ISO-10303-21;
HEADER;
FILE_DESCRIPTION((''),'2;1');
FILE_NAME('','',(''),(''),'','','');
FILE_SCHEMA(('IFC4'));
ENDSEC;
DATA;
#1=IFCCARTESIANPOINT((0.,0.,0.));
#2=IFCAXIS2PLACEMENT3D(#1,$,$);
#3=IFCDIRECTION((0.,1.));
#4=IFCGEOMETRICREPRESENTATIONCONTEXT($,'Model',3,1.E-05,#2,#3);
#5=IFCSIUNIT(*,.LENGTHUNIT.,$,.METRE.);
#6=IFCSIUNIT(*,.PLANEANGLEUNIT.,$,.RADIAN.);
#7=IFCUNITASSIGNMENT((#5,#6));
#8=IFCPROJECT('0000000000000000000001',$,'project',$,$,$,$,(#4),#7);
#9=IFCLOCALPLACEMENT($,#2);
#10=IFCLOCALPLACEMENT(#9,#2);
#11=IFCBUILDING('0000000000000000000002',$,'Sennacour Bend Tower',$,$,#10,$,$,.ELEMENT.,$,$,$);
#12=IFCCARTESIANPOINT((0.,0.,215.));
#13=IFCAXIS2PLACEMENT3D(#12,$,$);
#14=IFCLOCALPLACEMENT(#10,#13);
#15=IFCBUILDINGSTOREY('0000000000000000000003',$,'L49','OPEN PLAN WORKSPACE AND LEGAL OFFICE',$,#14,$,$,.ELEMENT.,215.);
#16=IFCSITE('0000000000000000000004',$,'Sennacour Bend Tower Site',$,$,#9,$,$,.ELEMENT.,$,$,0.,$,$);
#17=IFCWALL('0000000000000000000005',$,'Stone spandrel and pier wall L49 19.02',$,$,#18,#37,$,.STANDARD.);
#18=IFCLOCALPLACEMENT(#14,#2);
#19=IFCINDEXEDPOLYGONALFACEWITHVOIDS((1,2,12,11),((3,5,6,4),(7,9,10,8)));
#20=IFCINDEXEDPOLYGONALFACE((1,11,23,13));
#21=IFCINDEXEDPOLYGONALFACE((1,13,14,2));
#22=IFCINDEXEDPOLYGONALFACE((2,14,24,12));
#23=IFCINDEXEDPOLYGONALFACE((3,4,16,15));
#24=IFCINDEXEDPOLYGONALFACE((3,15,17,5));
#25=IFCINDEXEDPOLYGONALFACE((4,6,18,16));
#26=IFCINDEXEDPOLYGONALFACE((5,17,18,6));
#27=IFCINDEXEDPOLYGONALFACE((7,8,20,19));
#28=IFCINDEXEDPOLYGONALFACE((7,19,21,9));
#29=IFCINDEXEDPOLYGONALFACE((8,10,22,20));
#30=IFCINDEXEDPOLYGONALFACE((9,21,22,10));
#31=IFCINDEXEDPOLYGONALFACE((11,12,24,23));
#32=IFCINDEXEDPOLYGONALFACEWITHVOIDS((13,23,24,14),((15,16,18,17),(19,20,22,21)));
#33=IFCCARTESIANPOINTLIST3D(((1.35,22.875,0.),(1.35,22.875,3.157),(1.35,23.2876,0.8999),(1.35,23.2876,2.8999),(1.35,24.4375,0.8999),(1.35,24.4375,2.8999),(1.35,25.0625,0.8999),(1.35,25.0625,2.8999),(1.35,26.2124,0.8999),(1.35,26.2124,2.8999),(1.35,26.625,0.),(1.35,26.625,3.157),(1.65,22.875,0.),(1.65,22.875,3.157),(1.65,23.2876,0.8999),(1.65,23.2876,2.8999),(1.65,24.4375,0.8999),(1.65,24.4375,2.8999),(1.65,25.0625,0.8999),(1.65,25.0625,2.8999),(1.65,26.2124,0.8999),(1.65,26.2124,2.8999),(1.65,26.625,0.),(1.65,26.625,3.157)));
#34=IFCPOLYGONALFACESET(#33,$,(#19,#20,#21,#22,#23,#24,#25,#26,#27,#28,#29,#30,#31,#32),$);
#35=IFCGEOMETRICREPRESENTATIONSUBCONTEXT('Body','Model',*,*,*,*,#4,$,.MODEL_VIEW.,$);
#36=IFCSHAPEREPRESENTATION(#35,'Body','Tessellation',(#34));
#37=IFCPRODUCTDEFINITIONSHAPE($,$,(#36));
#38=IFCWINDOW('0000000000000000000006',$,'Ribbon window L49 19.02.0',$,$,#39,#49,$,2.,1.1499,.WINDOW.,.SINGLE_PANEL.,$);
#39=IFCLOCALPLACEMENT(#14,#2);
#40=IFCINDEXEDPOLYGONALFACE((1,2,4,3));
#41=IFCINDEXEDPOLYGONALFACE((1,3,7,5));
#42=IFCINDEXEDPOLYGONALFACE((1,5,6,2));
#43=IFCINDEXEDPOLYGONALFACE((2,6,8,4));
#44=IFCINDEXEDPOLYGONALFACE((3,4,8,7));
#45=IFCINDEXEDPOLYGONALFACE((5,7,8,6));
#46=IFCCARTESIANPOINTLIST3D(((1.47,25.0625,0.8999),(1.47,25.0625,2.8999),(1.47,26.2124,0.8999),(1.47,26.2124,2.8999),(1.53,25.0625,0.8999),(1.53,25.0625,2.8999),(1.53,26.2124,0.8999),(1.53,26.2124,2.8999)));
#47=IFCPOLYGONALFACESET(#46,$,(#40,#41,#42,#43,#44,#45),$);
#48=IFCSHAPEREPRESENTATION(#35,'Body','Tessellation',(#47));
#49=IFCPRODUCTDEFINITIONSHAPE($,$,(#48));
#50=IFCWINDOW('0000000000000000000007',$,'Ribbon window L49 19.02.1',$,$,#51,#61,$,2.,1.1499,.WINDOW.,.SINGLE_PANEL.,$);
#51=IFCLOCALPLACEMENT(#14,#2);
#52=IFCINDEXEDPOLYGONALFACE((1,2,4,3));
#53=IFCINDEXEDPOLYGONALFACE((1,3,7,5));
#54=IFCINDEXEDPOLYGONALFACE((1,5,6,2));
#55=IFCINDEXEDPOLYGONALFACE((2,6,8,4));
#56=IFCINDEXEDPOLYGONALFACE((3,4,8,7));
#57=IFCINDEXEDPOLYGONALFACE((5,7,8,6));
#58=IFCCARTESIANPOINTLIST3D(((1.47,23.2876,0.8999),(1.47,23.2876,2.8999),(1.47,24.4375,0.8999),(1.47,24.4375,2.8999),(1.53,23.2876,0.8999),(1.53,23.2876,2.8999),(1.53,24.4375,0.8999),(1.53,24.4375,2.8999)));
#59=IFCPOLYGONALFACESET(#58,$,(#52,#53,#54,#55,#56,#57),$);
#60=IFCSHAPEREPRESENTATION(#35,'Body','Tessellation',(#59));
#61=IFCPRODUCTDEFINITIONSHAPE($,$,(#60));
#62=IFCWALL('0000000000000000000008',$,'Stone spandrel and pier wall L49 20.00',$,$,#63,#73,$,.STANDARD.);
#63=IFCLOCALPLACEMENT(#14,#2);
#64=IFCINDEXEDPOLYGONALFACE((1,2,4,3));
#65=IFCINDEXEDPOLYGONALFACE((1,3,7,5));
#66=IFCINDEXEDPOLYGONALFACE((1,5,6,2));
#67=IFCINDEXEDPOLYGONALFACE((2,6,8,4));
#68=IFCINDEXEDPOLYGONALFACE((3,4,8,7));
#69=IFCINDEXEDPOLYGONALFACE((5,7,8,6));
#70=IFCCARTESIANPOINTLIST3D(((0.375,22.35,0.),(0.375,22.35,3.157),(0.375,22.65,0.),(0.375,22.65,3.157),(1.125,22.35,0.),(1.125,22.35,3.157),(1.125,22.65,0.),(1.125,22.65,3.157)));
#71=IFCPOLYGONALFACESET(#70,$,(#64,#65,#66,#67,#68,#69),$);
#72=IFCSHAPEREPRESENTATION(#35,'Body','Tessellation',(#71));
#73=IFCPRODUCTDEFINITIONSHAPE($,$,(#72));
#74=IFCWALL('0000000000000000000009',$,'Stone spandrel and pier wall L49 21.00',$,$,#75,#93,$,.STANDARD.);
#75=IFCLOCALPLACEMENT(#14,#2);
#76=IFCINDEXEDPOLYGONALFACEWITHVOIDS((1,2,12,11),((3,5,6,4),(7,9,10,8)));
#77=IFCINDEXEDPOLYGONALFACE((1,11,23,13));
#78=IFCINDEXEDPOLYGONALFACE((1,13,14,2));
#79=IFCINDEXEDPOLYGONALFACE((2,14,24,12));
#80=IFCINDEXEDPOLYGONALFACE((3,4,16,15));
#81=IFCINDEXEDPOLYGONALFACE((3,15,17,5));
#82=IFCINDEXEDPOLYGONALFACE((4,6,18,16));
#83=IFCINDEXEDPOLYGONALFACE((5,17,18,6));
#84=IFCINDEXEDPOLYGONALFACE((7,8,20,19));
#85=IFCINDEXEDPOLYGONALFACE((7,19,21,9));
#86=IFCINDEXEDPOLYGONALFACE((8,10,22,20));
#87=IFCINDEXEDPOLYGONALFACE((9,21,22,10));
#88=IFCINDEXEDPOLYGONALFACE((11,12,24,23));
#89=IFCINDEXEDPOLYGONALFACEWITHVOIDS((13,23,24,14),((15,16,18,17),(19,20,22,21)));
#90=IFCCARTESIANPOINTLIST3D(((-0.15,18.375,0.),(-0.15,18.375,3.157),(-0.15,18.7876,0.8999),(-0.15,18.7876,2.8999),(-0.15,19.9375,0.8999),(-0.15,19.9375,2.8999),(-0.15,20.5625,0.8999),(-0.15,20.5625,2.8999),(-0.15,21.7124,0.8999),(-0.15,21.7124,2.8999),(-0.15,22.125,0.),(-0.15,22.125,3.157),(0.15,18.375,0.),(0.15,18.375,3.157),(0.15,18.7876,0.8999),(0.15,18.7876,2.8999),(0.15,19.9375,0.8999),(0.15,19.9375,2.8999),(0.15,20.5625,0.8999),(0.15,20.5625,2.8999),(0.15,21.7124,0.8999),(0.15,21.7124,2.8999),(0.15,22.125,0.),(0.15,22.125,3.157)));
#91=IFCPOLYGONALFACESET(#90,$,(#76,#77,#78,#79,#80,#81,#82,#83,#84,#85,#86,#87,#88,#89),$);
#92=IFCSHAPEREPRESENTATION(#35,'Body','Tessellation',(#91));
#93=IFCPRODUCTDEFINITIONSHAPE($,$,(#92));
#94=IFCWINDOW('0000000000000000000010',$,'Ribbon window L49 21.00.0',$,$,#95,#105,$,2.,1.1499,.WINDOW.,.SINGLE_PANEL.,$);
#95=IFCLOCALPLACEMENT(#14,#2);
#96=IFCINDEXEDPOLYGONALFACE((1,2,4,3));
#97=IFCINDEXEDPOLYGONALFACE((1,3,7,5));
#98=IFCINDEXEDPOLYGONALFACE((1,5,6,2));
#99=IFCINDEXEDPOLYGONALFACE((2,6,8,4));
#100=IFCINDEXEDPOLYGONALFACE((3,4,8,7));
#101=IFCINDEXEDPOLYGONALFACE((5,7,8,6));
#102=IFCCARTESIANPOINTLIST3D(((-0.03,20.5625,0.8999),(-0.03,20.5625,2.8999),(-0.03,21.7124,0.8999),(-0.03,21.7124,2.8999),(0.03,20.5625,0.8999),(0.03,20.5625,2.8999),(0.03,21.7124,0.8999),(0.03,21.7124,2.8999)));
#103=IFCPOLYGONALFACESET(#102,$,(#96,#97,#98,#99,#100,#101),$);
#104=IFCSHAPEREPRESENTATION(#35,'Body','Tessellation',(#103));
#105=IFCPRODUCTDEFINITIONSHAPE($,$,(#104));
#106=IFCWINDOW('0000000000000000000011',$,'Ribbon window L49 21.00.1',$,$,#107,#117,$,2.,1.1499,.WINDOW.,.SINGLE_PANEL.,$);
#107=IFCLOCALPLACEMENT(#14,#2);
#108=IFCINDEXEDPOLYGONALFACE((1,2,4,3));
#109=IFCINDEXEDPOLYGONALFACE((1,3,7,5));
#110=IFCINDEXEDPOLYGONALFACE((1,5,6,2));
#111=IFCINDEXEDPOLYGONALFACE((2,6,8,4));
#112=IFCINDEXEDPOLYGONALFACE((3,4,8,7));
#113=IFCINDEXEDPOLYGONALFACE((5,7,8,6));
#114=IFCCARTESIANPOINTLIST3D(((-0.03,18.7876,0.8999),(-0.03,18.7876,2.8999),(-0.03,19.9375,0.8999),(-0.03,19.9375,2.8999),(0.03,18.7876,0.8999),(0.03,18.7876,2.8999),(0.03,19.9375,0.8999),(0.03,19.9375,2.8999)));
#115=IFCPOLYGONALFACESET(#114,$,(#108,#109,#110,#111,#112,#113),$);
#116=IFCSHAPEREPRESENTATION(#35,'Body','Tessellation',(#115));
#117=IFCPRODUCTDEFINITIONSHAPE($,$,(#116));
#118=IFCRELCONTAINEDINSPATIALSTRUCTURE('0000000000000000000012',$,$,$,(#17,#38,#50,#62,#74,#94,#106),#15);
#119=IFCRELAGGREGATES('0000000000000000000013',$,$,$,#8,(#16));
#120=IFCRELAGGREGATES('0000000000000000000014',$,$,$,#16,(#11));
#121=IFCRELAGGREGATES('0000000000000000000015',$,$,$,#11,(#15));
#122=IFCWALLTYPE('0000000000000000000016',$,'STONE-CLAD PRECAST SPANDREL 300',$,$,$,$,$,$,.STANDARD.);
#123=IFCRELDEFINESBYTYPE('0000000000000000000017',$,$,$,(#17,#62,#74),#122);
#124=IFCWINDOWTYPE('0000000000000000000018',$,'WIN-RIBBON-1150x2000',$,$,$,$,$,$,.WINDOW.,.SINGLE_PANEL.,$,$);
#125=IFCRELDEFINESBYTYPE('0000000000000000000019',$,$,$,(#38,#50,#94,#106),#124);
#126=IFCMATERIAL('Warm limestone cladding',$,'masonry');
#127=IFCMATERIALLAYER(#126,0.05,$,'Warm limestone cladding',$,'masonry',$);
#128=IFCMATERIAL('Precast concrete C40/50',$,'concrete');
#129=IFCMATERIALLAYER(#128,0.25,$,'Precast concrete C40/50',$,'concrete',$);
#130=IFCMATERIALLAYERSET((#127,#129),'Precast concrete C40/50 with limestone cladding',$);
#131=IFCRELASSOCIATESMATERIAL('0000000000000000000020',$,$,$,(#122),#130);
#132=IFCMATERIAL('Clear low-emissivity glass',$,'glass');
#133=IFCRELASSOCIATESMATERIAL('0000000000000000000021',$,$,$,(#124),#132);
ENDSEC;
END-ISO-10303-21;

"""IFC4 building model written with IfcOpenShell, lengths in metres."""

from ifc_helpers import new_model, si_unit, direction, frame, frame_2d, origin, place, context, subcontext, project, spatial, rectangle, extrude, material, layer, layer_set, type_object, element, fill, save


model = new_model("IFC4")

# Units and contexts
model_context = context("Model", 3, precision=1e-05, world=origin(), true_north=direction((0.0, 1.0)))
body_context = subcontext(model_context, "Body", "Model", "MODEL_VIEW")
ifc_project = project(units=[si_unit("LENGTHUNIT", "METRE"), si_unit("PLANEANGLEUNIT", "RADIAN")], contexts=[model_context])

# Site, building, storey
site_placement = place(None, origin())
site = spatial("IfcSite", under=ifc_project, at=site_placement, Name="Sennacour Bend Tower Site", CompositionType="ELEMENT", RefElevation=0.0)
building_placement = place(site_placement, origin())
building = spatial("IfcBuilding", under=site, at=building_placement, Name="Sennacour Bend Tower", CompositionType="ELEMENT")
storey_placement = place(building_placement, frame((0.0, 0.0, 215.0)))
storey = spatial("IfcBuildingStorey", under=building, at=storey_placement, Name="L49", Description="OPEN PLAN WORKSPACE AND LEGAL OFFICE", CompositionType="ELEMENT", Elevation=215.0)

# Wall, openings, windows
ifc_material_1 = material(Name="Warm limestone cladding", Category="masonry")
ifc_layer_1 = layer(ifc_material_1, 0.05, Name="Warm limestone cladding", Category="masonry")
ifc_material_2 = material(Name="Precast concrete C40/50", Category="concrete")
ifc_layer_2 = layer(ifc_material_2, 0.25, Name="Precast concrete C40/50", Category="concrete")
ifc_layer_set_1 = layer_set([ifc_layer_1, ifc_layer_2], Name="Precast concrete C40/50 with limestone cladding")
wall_type_1 = type_object("IfcWallType", Name="STONE-CLAD PRECAST SPANDREL 300", PredefinedType="STANDARD", material=ifc_layer_set_1)
wall_1_placement = place(storey_placement, frame((1.5, 26.625, 0.0), z_axis=(0.0, 0.0, 1.0), x_axis=(0.0, -1.0, 0.0)))
wall_1 = element("IfcWall", 1, at=wall_1_placement, inside=storey, type_object=wall_type_1, Name="Stone spandrel and pier wall L49 19.02", PredefinedType="STANDARD", context=body_context, shape_type="SweptSolid", body=[
    extrude(rectangle(XDim=3.75, YDim=0.3, at=frame_2d((1.875, 0.0))), origin(), (0.0, 0.0, 1.0), 3.157),
])
opening_1_placement = place(wall_1_placement, frame((0.4126, 0.0, 0.8999)))
opening_1 = element("IfcOpeningElement", 2, at=opening_1_placement, cuts=wall_1, PredefinedType="OPENING", context=body_context, shape_type="SweptSolid", body=[
    extrude(rectangle(XDim=1.1499, YDim=2.0, at=frame_2d((0.575, 1.0))), frame((0.0, 0.1602, 0.0), z_axis=(0.0, -1.0, 0.0), x_axis=(1.0, 0.0, 0.0)), (0.0, 0.0, 1.0), 0.3201),
])
opening_2_placement = place(wall_1_placement, frame((2.1875, 0.0, 0.8999)))
opening_2 = element("IfcOpeningElement", 3, at=opening_2_placement, cuts=wall_1, PredefinedType="OPENING", context=body_context, shape_type="SweptSolid", body=[
    extrude(rectangle(XDim=1.1499, YDim=2.0, at=frame_2d((0.575, 1.0))), frame((0.0, 0.1602, 0.0), z_axis=(0.0, -1.0, 0.0), x_axis=(1.0, 0.0, 0.0)), (0.0, 0.0, 1.0), 0.3201),
])
ifc_material_3 = material(Name="Clear low-emissivity glass", Category="glass")
window_type = type_object("IfcWindowType", Name="WIN-RIBBON-1150x2000", PartitioningType="SINGLE_PANEL", PredefinedType="WINDOW", material=ifc_material_3)
window_1_placement = place(opening_1_placement, origin())
window_1 = element("IfcWindow", 4, at=window_1_placement, inside=storey, type_object=window_type, Name="Ribbon window L49 19.02.0", OverallHeight=2.0, OverallWidth=1.1499, PartitioningType="SINGLE_PANEL", PredefinedType="WINDOW", context=body_context, shape_type="SweptSolid", body=[
    extrude(rectangle(XDim=1.1499, YDim=2.0, at=frame_2d((0.575, 1.0))), frame((0.0, 0.03, 0.0), z_axis=(0.0, -1.0, 0.0), x_axis=(1.0, 0.0, 0.0)), (0.0, 0.0, 1.0), 0.0601),
])
fill(opening_1, window_1)
window_2_placement = place(opening_2_placement, origin())
window_2 = element("IfcWindow", 5, at=window_2_placement, inside=storey, type_object=window_type, Name="Ribbon window L49 19.02.1", OverallHeight=2.0, OverallWidth=1.1499, PartitioningType="SINGLE_PANEL", PredefinedType="WINDOW", context=body_context, shape_type="SweptSolid", body=[
    extrude(rectangle(XDim=1.1499, YDim=2.0, at=frame_2d((0.575, 1.0))), frame((0.0, 0.03, 0.0), z_axis=(0.0, -1.0, 0.0), x_axis=(1.0, 0.0, 0.0)), (0.0, 0.0, 1.0), 0.0601),
])
fill(opening_2, window_2)

# Wall
wall_2_placement = place(storey_placement, frame((1.125, 22.5, 0.0), z_axis=(0.0, 0.0, 1.0), x_axis=(-1.0, 0.0, 0.0)))
element("IfcWall", 6, at=wall_2_placement, inside=storey, type_object=wall_type_1, Name="Stone spandrel and pier wall L49 20.00", PredefinedType="STANDARD", context=body_context, shape_type="SweptSolid", body=[
    extrude(rectangle(XDim=0.75, YDim=0.3, at=frame_2d((0.375, 0.0))), origin(), (0.0, 0.0, 1.0), 3.157),
])

# Wall, openings, windows
wall_3_placement = place(storey_placement, frame((0.0, 22.125, 0.0), z_axis=(0.0, 0.0, 1.0), x_axis=(0.0, -1.0, 0.0)))
wall_3 = element("IfcWall", 7, at=wall_3_placement, inside=storey, type_object=wall_type_1, Name="Stone spandrel and pier wall L49 21.00", PredefinedType="STANDARD", context=body_context, shape_type="SweptSolid", body=[
    extrude(rectangle(XDim=3.75, YDim=0.3, at=frame_2d((1.875, 0.0))), origin(), (0.0, 0.0, 1.0), 3.157),
])
opening_3_placement = place(wall_3_placement, frame((0.4126, 0.0, 0.8999)))
opening_3 = element("IfcOpeningElement", 8, at=opening_3_placement, cuts=wall_3, PredefinedType="OPENING", context=body_context, shape_type="SweptSolid", body=[
    extrude(rectangle(XDim=1.1499, YDim=2.0, at=frame_2d((0.575, 1.0))), frame((0.0, 0.1602, 0.0), z_axis=(0.0, -1.0, 0.0), x_axis=(1.0, 0.0, 0.0)), (0.0, 0.0, 1.0), 0.3201),
])
opening_4_placement = place(wall_3_placement, frame((2.1875, 0.0, 0.8999)))
opening_4 = element("IfcOpeningElement", 9, at=opening_4_placement, cuts=wall_3, PredefinedType="OPENING", context=body_context, shape_type="SweptSolid", body=[
    extrude(rectangle(XDim=1.1499, YDim=2.0, at=frame_2d((0.575, 1.0))), frame((0.0, 0.1602, 0.0), z_axis=(0.0, -1.0, 0.0), x_axis=(1.0, 0.0, 0.0)), (0.0, 0.0, 1.0), 0.3201),
])
window_3_placement = place(opening_3_placement, origin())
window_3 = element("IfcWindow", 10, at=window_3_placement, inside=storey, type_object=window_type, Name="Ribbon window L49 21.00.0", OverallHeight=2.0, OverallWidth=1.1499, PartitioningType="SINGLE_PANEL", PredefinedType="WINDOW", context=body_context, shape_type="SweptSolid", body=[
    extrude(rectangle(XDim=1.1499, YDim=2.0, at=frame_2d((0.575, 1.0))), frame((0.0, 0.03, 0.0), z_axis=(0.0, -1.0, 0.0), x_axis=(1.0, 0.0, 0.0)), (0.0, 0.0, 1.0), 0.0601),
])
fill(opening_3, window_3)
window_4_placement = place(opening_4_placement, origin())
window_4 = element("IfcWindow", 11, at=window_4_placement, inside=storey, type_object=window_type, Name="Ribbon window L49 21.00.1", OverallHeight=2.0, OverallWidth=1.1499, PartitioningType="SINGLE_PANEL", PredefinedType="WINDOW", context=body_context, shape_type="SweptSolid", body=[
    extrude(rectangle(XDim=1.1499, YDim=2.0, at=frame_2d((0.575, 1.0))), frame((0.0, 0.03, 0.0), z_axis=(0.0, -1.0, 0.0), x_axis=(1.0, 0.0, 0.0)), (0.0, 0.0, 1.0), 0.0601),
])
fill(opening_4, window_4)

save(model, "model.ifc")
